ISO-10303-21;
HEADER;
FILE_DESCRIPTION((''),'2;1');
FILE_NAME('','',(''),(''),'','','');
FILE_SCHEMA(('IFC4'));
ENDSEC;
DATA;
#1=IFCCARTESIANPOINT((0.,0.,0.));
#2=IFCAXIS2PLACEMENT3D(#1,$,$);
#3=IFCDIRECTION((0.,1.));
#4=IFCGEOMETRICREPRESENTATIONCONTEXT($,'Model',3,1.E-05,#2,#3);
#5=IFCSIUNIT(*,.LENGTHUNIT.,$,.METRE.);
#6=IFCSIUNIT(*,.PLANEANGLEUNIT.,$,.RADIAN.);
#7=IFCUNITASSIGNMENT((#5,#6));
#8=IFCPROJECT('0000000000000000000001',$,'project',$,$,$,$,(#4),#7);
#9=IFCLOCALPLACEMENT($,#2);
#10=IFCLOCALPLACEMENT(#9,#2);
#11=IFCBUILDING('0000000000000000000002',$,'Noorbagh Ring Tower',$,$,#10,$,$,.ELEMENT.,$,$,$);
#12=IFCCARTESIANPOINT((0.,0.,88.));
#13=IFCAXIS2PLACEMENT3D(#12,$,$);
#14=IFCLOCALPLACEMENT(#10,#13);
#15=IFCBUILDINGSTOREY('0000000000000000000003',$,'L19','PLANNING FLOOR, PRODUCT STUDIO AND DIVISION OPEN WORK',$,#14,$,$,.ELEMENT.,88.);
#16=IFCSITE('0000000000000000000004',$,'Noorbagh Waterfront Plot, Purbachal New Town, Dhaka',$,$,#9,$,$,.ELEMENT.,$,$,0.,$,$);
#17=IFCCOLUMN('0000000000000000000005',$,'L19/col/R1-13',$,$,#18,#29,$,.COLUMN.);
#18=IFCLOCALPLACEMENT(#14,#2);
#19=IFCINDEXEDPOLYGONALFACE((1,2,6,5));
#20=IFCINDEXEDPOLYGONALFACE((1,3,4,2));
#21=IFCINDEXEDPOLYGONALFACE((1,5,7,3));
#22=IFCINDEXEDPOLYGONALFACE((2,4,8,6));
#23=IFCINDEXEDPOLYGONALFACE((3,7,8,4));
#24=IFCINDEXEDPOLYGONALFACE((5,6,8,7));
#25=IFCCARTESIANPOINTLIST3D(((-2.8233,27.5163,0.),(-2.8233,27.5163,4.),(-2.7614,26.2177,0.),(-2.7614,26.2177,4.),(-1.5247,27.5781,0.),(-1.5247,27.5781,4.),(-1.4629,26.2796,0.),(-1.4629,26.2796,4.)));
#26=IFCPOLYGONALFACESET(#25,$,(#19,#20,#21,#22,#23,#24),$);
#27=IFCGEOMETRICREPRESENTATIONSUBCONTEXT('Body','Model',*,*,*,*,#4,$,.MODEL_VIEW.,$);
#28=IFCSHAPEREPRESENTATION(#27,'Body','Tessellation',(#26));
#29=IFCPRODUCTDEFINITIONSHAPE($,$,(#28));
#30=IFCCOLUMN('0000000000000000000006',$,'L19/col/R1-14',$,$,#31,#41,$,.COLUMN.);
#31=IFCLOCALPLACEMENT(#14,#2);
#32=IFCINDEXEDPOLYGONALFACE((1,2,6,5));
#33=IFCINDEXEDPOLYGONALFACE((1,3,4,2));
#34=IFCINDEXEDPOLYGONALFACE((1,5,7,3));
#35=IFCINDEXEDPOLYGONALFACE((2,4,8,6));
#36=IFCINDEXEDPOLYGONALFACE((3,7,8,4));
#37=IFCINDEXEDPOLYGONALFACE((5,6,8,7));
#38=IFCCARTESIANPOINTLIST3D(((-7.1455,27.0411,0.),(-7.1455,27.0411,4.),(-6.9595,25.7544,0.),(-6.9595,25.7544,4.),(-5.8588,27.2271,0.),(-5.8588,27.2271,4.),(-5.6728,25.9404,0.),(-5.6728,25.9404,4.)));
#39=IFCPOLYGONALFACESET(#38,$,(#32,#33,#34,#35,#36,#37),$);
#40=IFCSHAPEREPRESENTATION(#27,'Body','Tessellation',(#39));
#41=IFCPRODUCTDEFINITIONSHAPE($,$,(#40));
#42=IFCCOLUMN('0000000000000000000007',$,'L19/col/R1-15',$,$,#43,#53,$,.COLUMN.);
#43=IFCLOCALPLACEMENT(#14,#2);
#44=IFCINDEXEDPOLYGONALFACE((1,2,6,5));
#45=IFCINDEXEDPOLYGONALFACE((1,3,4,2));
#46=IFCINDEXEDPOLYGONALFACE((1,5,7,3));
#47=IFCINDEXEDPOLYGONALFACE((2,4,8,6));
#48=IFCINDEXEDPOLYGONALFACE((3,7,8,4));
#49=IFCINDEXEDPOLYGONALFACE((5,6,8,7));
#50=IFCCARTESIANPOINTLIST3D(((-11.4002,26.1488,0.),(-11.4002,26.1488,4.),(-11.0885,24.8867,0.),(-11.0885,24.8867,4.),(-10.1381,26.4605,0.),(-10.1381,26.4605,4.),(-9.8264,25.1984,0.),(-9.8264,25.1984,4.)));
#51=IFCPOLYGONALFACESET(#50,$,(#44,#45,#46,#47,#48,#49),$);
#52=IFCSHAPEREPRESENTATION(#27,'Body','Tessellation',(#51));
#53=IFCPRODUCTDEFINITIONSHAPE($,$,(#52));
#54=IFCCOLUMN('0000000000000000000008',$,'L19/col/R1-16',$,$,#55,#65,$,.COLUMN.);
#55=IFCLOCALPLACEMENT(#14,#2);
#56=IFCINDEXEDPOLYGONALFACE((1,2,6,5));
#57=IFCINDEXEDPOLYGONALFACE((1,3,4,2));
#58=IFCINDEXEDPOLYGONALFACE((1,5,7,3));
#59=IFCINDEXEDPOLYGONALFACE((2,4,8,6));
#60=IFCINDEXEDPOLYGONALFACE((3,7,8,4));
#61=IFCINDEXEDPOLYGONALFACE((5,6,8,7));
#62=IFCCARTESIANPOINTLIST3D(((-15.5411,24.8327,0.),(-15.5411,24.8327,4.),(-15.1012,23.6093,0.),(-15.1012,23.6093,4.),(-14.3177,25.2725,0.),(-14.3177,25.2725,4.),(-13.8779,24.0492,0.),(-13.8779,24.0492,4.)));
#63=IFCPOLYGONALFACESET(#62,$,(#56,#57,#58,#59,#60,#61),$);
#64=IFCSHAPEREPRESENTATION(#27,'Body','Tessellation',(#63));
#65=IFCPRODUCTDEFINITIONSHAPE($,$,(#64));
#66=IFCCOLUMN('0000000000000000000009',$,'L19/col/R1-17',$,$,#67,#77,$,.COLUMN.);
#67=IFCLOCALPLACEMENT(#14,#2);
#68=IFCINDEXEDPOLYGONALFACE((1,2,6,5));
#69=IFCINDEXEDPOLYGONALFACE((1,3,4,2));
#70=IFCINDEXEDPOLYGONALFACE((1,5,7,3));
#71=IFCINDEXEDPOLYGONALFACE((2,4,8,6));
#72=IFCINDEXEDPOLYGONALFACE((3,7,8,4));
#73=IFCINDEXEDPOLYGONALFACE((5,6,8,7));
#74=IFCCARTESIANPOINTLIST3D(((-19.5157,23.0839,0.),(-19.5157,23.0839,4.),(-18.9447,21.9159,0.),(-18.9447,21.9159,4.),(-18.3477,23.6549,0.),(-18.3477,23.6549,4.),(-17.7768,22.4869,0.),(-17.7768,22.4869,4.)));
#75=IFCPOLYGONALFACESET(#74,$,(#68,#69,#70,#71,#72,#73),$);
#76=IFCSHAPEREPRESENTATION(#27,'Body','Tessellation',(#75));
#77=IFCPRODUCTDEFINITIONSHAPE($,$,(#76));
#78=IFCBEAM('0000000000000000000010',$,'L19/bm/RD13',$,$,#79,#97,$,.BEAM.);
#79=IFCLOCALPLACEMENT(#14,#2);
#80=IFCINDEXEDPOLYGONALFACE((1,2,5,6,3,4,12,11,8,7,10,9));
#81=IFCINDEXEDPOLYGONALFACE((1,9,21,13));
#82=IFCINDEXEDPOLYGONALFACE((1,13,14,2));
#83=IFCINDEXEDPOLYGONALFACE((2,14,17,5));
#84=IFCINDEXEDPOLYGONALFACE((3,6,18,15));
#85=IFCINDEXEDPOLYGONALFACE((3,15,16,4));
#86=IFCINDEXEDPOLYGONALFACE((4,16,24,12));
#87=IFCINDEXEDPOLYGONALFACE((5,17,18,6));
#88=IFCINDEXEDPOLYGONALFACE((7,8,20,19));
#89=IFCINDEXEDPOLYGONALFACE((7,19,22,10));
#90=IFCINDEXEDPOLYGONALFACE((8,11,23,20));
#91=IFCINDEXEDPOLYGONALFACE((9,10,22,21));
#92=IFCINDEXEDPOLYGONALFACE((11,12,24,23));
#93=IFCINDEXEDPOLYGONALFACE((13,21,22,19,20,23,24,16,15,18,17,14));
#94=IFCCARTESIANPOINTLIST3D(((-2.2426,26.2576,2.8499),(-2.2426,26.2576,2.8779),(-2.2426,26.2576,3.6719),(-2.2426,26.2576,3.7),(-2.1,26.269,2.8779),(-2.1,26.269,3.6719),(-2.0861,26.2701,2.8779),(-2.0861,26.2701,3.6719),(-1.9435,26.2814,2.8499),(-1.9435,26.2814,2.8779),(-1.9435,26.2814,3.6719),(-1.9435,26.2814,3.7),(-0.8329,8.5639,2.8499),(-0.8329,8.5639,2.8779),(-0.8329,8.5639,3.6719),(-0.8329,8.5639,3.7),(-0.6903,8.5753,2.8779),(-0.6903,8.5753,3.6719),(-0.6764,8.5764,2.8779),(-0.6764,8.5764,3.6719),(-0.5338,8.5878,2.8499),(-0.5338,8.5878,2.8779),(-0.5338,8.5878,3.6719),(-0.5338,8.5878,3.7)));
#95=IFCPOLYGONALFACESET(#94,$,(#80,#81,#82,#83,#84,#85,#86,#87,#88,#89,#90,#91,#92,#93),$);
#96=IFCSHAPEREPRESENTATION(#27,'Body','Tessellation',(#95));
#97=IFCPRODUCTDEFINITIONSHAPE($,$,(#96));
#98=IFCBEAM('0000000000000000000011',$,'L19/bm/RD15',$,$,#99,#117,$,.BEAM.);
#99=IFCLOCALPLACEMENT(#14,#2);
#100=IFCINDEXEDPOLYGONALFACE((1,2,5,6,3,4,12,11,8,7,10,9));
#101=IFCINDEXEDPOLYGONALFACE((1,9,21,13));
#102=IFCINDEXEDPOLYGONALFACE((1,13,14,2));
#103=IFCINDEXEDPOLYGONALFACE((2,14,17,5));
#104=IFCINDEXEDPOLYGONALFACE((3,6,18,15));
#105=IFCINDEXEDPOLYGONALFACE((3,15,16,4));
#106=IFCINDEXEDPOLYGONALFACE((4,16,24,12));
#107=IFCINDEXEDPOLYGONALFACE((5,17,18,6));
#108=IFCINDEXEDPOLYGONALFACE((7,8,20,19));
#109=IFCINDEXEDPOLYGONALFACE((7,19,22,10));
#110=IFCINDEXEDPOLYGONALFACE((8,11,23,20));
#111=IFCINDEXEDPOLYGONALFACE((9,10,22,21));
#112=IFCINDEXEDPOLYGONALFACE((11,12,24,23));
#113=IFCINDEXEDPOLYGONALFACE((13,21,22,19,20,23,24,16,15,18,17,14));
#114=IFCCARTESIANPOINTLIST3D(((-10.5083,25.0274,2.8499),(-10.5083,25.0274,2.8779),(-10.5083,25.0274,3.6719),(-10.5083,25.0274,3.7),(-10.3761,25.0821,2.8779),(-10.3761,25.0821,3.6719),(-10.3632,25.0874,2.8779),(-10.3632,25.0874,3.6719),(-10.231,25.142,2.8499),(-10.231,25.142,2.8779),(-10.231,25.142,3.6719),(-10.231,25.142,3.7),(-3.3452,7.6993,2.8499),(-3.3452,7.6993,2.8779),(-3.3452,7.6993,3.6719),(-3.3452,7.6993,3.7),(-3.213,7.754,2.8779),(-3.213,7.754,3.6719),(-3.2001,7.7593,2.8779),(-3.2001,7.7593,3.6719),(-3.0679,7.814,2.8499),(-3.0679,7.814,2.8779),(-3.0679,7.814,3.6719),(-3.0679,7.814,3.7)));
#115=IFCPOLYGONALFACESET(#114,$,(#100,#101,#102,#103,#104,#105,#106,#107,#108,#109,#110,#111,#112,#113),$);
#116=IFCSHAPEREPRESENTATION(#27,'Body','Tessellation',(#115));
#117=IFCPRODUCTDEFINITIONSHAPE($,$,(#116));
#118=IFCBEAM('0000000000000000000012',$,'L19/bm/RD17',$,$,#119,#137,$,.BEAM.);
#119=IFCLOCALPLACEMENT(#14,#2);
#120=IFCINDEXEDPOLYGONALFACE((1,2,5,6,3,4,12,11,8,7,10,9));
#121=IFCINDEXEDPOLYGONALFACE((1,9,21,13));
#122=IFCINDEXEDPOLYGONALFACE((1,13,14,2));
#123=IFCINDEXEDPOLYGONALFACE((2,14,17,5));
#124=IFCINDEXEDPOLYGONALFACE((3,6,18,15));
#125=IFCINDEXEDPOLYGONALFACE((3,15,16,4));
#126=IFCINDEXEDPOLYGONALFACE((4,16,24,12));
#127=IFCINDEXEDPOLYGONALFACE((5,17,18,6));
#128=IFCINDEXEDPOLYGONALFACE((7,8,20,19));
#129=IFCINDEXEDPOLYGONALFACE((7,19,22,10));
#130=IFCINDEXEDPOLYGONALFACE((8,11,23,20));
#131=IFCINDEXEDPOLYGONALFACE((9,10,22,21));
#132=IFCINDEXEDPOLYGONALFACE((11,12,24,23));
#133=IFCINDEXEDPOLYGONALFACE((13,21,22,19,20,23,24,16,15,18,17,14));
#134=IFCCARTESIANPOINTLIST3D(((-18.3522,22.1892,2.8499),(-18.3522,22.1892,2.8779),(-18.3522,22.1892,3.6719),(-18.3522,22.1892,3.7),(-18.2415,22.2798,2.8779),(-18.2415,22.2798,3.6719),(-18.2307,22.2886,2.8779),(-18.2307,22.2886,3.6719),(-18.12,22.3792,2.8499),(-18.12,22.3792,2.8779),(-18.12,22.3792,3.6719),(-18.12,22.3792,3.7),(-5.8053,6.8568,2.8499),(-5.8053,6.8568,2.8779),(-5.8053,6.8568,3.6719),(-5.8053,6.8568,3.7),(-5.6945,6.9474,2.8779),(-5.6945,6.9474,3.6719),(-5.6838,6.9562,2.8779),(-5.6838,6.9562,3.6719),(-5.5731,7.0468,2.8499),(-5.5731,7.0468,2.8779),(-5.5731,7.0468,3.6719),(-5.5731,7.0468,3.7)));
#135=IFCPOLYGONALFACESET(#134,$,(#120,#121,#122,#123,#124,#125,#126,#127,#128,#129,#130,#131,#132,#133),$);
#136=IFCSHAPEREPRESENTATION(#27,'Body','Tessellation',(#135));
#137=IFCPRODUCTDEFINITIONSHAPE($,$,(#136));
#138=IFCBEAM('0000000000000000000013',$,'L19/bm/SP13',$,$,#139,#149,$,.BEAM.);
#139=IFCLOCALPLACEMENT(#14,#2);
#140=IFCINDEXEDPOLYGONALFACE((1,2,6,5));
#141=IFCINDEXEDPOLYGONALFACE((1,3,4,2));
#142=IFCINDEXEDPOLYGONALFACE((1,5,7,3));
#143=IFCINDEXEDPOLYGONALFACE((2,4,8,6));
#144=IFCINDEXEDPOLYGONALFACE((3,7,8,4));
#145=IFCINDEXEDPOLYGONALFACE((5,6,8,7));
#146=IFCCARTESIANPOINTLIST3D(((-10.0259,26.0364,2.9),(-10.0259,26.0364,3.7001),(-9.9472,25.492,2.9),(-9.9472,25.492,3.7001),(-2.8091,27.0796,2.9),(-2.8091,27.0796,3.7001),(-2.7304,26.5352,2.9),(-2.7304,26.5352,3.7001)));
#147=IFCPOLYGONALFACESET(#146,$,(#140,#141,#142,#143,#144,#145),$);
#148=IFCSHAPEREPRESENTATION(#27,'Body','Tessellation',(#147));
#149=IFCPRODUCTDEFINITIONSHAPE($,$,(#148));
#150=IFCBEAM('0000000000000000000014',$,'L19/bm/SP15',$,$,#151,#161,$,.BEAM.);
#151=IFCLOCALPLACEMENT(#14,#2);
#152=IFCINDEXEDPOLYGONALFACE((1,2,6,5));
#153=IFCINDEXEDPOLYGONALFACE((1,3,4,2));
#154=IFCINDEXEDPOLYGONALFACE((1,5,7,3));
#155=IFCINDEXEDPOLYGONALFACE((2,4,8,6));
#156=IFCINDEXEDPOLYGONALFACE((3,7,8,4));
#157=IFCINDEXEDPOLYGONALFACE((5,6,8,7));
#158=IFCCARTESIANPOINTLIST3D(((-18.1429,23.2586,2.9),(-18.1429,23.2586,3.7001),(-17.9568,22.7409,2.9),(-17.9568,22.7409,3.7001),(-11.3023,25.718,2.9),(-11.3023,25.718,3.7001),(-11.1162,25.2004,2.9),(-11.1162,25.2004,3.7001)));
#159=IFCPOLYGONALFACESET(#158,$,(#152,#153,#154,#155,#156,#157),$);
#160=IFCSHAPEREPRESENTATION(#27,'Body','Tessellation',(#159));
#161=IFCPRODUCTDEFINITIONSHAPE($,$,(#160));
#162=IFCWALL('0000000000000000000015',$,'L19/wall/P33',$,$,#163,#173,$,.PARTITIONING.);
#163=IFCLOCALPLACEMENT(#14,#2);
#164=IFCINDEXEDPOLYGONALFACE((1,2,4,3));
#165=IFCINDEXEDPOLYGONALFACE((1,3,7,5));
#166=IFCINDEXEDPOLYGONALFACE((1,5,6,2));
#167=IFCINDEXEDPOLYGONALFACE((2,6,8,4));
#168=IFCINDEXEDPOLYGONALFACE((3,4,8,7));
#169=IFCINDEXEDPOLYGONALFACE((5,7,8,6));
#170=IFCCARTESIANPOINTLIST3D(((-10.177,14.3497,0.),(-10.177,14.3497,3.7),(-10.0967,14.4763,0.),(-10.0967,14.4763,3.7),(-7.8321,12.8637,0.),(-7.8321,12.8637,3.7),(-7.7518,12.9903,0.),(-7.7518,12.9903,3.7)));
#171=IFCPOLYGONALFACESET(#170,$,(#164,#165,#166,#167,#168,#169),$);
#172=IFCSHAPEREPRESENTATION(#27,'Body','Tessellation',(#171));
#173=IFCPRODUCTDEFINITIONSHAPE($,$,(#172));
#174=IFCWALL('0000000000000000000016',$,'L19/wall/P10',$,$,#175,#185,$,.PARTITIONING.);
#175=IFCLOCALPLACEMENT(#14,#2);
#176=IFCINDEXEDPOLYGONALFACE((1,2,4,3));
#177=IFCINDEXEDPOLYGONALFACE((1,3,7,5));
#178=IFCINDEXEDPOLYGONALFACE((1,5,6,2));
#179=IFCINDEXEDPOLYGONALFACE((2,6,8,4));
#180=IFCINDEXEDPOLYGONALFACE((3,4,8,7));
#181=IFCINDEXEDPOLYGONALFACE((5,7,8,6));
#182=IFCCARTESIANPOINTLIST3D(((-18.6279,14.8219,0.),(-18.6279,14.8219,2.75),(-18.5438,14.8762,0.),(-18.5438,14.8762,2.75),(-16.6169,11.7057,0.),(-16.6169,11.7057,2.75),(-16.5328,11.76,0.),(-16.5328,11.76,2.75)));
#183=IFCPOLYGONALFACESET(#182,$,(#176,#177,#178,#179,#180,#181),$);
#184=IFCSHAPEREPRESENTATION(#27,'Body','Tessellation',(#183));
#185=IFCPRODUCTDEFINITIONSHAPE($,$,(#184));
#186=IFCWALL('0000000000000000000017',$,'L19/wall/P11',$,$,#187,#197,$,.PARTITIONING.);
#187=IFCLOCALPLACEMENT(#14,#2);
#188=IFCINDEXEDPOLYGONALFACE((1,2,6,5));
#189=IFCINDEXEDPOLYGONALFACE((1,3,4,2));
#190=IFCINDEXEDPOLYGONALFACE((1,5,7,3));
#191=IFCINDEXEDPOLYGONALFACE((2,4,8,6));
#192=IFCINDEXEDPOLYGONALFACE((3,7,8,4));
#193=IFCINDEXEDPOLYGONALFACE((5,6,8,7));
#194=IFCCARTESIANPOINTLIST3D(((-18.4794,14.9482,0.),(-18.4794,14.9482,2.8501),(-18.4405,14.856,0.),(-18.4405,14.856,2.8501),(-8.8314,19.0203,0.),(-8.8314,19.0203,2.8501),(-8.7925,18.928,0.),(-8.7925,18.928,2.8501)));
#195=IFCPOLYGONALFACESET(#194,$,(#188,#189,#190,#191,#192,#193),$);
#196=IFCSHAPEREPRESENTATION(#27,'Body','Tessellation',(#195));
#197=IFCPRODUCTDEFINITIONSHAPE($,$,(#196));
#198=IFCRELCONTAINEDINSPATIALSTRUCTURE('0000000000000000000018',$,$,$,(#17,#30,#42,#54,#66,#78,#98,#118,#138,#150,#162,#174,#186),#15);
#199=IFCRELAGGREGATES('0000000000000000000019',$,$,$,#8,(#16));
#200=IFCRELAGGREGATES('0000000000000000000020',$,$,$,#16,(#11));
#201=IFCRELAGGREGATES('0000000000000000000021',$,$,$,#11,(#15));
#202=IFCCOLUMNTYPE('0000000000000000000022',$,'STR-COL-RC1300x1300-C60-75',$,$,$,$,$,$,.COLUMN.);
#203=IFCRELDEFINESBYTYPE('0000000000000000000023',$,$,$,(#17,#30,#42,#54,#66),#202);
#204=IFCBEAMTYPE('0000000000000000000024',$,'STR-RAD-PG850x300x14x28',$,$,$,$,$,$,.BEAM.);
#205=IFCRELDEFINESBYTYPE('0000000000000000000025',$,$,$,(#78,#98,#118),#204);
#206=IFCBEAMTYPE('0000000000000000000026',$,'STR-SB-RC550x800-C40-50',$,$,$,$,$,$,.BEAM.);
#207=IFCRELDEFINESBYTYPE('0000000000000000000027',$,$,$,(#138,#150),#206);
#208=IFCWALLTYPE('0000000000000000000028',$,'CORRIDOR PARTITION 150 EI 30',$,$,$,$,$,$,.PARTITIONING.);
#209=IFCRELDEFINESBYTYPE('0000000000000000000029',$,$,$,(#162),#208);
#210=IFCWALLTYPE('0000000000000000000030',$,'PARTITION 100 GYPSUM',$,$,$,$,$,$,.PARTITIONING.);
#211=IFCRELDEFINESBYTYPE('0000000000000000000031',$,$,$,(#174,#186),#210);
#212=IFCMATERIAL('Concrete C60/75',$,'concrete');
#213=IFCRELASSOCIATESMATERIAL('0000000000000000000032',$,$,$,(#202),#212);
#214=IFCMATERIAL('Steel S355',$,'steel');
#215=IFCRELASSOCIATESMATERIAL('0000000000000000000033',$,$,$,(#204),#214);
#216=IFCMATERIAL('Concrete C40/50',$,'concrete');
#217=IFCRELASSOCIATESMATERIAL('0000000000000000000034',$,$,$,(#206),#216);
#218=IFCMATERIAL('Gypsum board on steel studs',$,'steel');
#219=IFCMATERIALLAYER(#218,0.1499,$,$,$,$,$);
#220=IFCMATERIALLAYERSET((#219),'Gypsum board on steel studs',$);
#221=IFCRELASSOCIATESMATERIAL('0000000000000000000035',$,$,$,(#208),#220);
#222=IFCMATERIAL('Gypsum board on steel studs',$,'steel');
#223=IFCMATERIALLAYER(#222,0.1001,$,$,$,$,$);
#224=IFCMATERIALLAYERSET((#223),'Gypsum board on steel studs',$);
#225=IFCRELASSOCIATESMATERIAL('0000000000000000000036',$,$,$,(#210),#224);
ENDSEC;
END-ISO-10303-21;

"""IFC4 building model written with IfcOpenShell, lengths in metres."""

from ifc_helpers import new_model, si_unit, direction, frame, frame_2d, origin, origin_2d, place, context, subcontext, project, spatial, rectangle, i_section, extrude, material, layer, layer_set, material_profile, profile_set, type_object, element, save


model = new_model("IFC4")

# Units and contexts
model_context = context("Model", 3, precision=1e-05, world=origin(), true_north=direction((0.0, 1.0)))
body_context = subcontext(model_context, "Body", "Model", "MODEL_VIEW")
ifc_project = project(units=[si_unit("LENGTHUNIT", "METRE"), si_unit("PLANEANGLEUNIT", "RADIAN")], contexts=[model_context])

# Site, building, storey
site_placement = place(None, origin())
site = spatial("IfcSite", under=ifc_project, at=site_placement, Name="Noorbagh Waterfront Plot, Purbachal New Town, Dhaka", CompositionType="ELEMENT", RefElevation=0.0)
building_placement = place(site_placement, origin())
building = spatial("IfcBuilding", under=site, at=building_placement, Name="Noorbagh Ring Tower", CompositionType="ELEMENT")
storey_placement = place(building_placement, frame((0.0, 0.0, 88.0)))
storey = spatial("IfcBuildingStorey", under=building, at=storey_placement, Name="L19", Description="PLANNING FLOOR, PRODUCT STUDIO AND DIVISION OPEN WORK", CompositionType="ELEMENT", Elevation=88.0)

# Columns
ifc_material_1 = material(Name="Concrete C60/75", Category="concrete")
ifc_material_profile_1 = material_profile(ifc_material_1, rectangle(XDim=1.3, YDim=1.3, at=origin_2d()), Name="RC1300x1300")
ifc_profile_set_1 = profile_set([ifc_material_profile_1], Name="Concrete C60/75")
column_type = type_object("IfcColumnType", Name="STR-COL-RC1300x1300-C60-75", PredefinedType="COLUMN", material=ifc_profile_set_1)
for number, where, z_axis, x_axis, name in (
    (1, (-2.1431, 26.8979, 0.0), (0.0, 0.0, 1.0), (-0.998869, -0.047553, 0.0), "L19/col/R1-13"),
    (2, (-6.4092, 26.4907, 0.0), (0.0, 0.0, 1.0), (-0.989713, -0.143066, 0.0), "L19/col/R1-14"),
    (3, (-10.6133, 25.6736, 0.0), (0.0, 0.0, 1.0), (-0.970829, -0.239771, 0.0), "L19/col/R1-15"),
    (4, (-14.7095, 24.4409, 0.0), (0.0, 0.0, 1.0), (-0.941025, -0.338338, 0.0), "L19/col/R1-16"),
    (5, (-18.6462, 22.7854, 0.0), (0.0, 0.0, 1.0), (-0.898399, -0.43918, 0.0), "L19/col/R1-17"),
):
    element("IfcColumn", number, at=place(storey_placement, frame(where, z_axis=z_axis, x_axis=x_axis)), inside=storey, type_object=column_type, Name=name, PredefinedType="COLUMN", context=body_context, shape_type="SweptSolid", body=[
        extrude(rectangle(XDim=1.3, YDim=1.3, at=origin_2d()), origin(), (0.0, 0.0, 1.0), 4.0),
    ])

# Beams
ifc_material_2 = material(Name="Steel S355", Category="steel")
ifc_material_profile_2 = material_profile(ifc_material_2, i_section(OverallWidth=0.3, OverallDepth=0.8501, WebThickness=0.0139, FlangeThickness=0.0281, at=origin_2d()), Name="PG850x300x14x28")
ifc_profile_set_2 = profile_set([ifc_material_profile_2], Name="Steel S355")
beam_type_1 = type_object("IfcBeamType", Name="STR-RAD-PG850x300x14x28", PredefinedType="BEAM", material=ifc_profile_set_2)
beam_1_placement = place(storey_placement, frame((-2.093, 26.2695, 3.2749), z_axis=(0.079419, -0.996841, 0.0), x_axis=(0.996841, 0.079419, 0.0)))
element("IfcBeam", 6, at=beam_1_placement, inside=storey, type_object=beam_type_1, Name="L19/bm/RD13", PredefinedType="BEAM", context=body_context, shape_type="SweptSolid", body=[
    extrude(i_section(OverallWidth=0.3, OverallDepth=0.8501, WebThickness=0.0139, FlangeThickness=0.0281, at=origin_2d()), origin(), (0.0, 0.0, 1.0), 17.7498),
])
beam_2_placement = place(storey_placement, frame((-10.3696, 25.0847, 3.2749), z_axis=(0.382025, -0.924152, 0.0), x_axis=(0.924152, 0.382025, 0.0)))
element("IfcBeam", 7, at=beam_2_placement, inside=storey, type_object=beam_type_1, Name="L19/bm/RD15", PredefinedType="BEAM", context=body_context, shape_type="SweptSolid", body=[
    extrude(i_section(OverallWidth=0.3, OverallDepth=0.8501, WebThickness=0.0139, FlangeThickness=0.0281, at=origin_2d()), origin(), (0.0, 0.0, 1.0), 18.7502),
])
beam_3_placement = place(storey_placement, frame((-18.2361, 22.2842, 3.2749), z_axis=(0.633307, -0.773901, 0.0), x_axis=(0.773901, 0.633307, 0.0)))
element("IfcBeam", 8, at=beam_3_placement, inside=storey, type_object=beam_type_1, Name="L19/bm/RD17", PredefinedType="BEAM", context=body_context, shape_type="SweptSolid", body=[
    extrude(i_section(OverallWidth=0.3, OverallDepth=0.8501, WebThickness=0.0139, FlangeThickness=0.0281, at=origin_2d()), origin(), (0.0, 0.0, 1.0), 19.8118),
])
ifc_material_3 = material(Name="Concrete C40/50", Category="concrete")
ifc_material_profile_3 = material_profile(ifc_material_3, rectangle(XDim=0.55, YDim=0.8, at=origin_2d()), Name="RC550x800")
ifc_profile_set_3 = profile_set([ifc_material_profile_3], Name="Concrete C40/50")
beam_type_2 = type_object("IfcBeamType", Name="STR-SB-RC550x800-C40-50", PredefinedType="BEAM", material=ifc_profile_set_3)
beam_4_placement = place(storey_placement, frame((-2.7698, 26.8074, 3.3), z_axis=(-0.989713, -0.143066, 0.0), x_axis=(0.143066, -0.989713, 0.0)))
element("IfcBeam", 9, at=beam_4_placement, inside=storey, type_object=beam_type_2, Name="L19/bm/SP13", PredefinedType="BEAM", context=body_context, shape_type="SweptSolid", body=[
    extrude(rectangle(XDim=0.55, YDim=0.8, at=origin_2d()), origin(), (0.0, 0.0, 1.0), 7.2917),
])
beam_5_placement = place(storey_placement, frame((-11.2092, 25.4592, 3.3), z_axis=(-0.941025, -0.338338, 0.0), x_axis=(0.338338, -0.941025, 0.0)))
element("IfcBeam", 10, at=beam_5_placement, inside=storey, type_object=beam_type_2, Name="L19/bm/SP15", PredefinedType="BEAM", context=body_context, shape_type="SweptSolid", body=[
    extrude(rectangle(XDim=0.55, YDim=0.8, at=origin_2d()), origin(), (0.0, 0.0, 1.0), 7.2693),
])

# Walls
ifc_material_4 = material(Name="Gypsum board on steel studs", Category="steel")
ifc_layer_1 = layer(ifc_material_4, 0.1499)
ifc_layer_set_1 = layer_set([ifc_layer_1], Name="Gypsum board on steel studs")
wall_type_1 = type_object("IfcWallType", Name="CORRIDOR PARTITION 150 EI 30", PredefinedType="PARTITIONING", material=ifc_layer_set_1)
wall_1_placement = place(storey_placement, frame((-10.137, 14.4131, 0.0), z_axis=(0.0, 0.0, 1.0), x_axis=(0.844667, -0.535293, 0.0)))
element("IfcWall", 11, at=wall_1_placement, inside=storey, type_object=wall_type_1, Name="L19/wall/P33", PredefinedType="PARTITIONING", context=body_context, shape_type="SweptSolid", body=[
    extrude(rectangle(XDim=2.7761, YDim=0.1499, at=frame_2d((1.3882, 0.0))), origin(), (0.0, 0.0, 1.0), 3.7),
])
ifc_material_5 = material(Name="Gypsum board on steel studs", Category="steel")
ifc_layer_2 = layer(ifc_material_5, 0.1001)
ifc_layer_set_2 = layer_set([ifc_layer_2], Name="Gypsum board on steel studs")
wall_type_2 = type_object("IfcWallType", Name="PARTITION 100 GYPSUM", PredefinedType="PARTITIONING", material=ifc_layer_set_2)
wall_2_placement = place(storey_placement, frame((-18.5859, 14.8491, 0.0), z_axis=(0.0, 0.0, 1.0), x_axis=(0.542227, -0.840232, 0.0)))
element("IfcWall", 12, at=wall_2_placement, inside=storey, type_object=wall_type_2, Name="L19/wall/P10", PredefinedType="PARTITIONING", context=body_context, shape_type="SweptSolid", body=[
    extrude(rectangle(XDim=3.7087, YDim=0.1001, at=frame_2d((1.8545, 0.0))), origin(), (0.0, 0.0, 1.0), 2.75),
])
wall_3_placement = place(storey_placement, frame((-18.46, 14.9021, 0.0), z_axis=(0.0, 0.0, 1.0), x_axis=(0.921303, 0.388846, 0.0)))
element("IfcWall", 13, at=wall_3_placement, inside=storey, type_object=wall_type_2, Name="L19/wall/P11", PredefinedType="PARTITIONING", context=body_context, shape_type="SweptSolid", body=[
    extrude(rectangle(XDim=10.4722, YDim=0.1001, at=frame_2d((5.2361, 0.0))), origin(), (0.0, 0.0, 1.0), 2.8501),
])

save(model, "model.ifc")
